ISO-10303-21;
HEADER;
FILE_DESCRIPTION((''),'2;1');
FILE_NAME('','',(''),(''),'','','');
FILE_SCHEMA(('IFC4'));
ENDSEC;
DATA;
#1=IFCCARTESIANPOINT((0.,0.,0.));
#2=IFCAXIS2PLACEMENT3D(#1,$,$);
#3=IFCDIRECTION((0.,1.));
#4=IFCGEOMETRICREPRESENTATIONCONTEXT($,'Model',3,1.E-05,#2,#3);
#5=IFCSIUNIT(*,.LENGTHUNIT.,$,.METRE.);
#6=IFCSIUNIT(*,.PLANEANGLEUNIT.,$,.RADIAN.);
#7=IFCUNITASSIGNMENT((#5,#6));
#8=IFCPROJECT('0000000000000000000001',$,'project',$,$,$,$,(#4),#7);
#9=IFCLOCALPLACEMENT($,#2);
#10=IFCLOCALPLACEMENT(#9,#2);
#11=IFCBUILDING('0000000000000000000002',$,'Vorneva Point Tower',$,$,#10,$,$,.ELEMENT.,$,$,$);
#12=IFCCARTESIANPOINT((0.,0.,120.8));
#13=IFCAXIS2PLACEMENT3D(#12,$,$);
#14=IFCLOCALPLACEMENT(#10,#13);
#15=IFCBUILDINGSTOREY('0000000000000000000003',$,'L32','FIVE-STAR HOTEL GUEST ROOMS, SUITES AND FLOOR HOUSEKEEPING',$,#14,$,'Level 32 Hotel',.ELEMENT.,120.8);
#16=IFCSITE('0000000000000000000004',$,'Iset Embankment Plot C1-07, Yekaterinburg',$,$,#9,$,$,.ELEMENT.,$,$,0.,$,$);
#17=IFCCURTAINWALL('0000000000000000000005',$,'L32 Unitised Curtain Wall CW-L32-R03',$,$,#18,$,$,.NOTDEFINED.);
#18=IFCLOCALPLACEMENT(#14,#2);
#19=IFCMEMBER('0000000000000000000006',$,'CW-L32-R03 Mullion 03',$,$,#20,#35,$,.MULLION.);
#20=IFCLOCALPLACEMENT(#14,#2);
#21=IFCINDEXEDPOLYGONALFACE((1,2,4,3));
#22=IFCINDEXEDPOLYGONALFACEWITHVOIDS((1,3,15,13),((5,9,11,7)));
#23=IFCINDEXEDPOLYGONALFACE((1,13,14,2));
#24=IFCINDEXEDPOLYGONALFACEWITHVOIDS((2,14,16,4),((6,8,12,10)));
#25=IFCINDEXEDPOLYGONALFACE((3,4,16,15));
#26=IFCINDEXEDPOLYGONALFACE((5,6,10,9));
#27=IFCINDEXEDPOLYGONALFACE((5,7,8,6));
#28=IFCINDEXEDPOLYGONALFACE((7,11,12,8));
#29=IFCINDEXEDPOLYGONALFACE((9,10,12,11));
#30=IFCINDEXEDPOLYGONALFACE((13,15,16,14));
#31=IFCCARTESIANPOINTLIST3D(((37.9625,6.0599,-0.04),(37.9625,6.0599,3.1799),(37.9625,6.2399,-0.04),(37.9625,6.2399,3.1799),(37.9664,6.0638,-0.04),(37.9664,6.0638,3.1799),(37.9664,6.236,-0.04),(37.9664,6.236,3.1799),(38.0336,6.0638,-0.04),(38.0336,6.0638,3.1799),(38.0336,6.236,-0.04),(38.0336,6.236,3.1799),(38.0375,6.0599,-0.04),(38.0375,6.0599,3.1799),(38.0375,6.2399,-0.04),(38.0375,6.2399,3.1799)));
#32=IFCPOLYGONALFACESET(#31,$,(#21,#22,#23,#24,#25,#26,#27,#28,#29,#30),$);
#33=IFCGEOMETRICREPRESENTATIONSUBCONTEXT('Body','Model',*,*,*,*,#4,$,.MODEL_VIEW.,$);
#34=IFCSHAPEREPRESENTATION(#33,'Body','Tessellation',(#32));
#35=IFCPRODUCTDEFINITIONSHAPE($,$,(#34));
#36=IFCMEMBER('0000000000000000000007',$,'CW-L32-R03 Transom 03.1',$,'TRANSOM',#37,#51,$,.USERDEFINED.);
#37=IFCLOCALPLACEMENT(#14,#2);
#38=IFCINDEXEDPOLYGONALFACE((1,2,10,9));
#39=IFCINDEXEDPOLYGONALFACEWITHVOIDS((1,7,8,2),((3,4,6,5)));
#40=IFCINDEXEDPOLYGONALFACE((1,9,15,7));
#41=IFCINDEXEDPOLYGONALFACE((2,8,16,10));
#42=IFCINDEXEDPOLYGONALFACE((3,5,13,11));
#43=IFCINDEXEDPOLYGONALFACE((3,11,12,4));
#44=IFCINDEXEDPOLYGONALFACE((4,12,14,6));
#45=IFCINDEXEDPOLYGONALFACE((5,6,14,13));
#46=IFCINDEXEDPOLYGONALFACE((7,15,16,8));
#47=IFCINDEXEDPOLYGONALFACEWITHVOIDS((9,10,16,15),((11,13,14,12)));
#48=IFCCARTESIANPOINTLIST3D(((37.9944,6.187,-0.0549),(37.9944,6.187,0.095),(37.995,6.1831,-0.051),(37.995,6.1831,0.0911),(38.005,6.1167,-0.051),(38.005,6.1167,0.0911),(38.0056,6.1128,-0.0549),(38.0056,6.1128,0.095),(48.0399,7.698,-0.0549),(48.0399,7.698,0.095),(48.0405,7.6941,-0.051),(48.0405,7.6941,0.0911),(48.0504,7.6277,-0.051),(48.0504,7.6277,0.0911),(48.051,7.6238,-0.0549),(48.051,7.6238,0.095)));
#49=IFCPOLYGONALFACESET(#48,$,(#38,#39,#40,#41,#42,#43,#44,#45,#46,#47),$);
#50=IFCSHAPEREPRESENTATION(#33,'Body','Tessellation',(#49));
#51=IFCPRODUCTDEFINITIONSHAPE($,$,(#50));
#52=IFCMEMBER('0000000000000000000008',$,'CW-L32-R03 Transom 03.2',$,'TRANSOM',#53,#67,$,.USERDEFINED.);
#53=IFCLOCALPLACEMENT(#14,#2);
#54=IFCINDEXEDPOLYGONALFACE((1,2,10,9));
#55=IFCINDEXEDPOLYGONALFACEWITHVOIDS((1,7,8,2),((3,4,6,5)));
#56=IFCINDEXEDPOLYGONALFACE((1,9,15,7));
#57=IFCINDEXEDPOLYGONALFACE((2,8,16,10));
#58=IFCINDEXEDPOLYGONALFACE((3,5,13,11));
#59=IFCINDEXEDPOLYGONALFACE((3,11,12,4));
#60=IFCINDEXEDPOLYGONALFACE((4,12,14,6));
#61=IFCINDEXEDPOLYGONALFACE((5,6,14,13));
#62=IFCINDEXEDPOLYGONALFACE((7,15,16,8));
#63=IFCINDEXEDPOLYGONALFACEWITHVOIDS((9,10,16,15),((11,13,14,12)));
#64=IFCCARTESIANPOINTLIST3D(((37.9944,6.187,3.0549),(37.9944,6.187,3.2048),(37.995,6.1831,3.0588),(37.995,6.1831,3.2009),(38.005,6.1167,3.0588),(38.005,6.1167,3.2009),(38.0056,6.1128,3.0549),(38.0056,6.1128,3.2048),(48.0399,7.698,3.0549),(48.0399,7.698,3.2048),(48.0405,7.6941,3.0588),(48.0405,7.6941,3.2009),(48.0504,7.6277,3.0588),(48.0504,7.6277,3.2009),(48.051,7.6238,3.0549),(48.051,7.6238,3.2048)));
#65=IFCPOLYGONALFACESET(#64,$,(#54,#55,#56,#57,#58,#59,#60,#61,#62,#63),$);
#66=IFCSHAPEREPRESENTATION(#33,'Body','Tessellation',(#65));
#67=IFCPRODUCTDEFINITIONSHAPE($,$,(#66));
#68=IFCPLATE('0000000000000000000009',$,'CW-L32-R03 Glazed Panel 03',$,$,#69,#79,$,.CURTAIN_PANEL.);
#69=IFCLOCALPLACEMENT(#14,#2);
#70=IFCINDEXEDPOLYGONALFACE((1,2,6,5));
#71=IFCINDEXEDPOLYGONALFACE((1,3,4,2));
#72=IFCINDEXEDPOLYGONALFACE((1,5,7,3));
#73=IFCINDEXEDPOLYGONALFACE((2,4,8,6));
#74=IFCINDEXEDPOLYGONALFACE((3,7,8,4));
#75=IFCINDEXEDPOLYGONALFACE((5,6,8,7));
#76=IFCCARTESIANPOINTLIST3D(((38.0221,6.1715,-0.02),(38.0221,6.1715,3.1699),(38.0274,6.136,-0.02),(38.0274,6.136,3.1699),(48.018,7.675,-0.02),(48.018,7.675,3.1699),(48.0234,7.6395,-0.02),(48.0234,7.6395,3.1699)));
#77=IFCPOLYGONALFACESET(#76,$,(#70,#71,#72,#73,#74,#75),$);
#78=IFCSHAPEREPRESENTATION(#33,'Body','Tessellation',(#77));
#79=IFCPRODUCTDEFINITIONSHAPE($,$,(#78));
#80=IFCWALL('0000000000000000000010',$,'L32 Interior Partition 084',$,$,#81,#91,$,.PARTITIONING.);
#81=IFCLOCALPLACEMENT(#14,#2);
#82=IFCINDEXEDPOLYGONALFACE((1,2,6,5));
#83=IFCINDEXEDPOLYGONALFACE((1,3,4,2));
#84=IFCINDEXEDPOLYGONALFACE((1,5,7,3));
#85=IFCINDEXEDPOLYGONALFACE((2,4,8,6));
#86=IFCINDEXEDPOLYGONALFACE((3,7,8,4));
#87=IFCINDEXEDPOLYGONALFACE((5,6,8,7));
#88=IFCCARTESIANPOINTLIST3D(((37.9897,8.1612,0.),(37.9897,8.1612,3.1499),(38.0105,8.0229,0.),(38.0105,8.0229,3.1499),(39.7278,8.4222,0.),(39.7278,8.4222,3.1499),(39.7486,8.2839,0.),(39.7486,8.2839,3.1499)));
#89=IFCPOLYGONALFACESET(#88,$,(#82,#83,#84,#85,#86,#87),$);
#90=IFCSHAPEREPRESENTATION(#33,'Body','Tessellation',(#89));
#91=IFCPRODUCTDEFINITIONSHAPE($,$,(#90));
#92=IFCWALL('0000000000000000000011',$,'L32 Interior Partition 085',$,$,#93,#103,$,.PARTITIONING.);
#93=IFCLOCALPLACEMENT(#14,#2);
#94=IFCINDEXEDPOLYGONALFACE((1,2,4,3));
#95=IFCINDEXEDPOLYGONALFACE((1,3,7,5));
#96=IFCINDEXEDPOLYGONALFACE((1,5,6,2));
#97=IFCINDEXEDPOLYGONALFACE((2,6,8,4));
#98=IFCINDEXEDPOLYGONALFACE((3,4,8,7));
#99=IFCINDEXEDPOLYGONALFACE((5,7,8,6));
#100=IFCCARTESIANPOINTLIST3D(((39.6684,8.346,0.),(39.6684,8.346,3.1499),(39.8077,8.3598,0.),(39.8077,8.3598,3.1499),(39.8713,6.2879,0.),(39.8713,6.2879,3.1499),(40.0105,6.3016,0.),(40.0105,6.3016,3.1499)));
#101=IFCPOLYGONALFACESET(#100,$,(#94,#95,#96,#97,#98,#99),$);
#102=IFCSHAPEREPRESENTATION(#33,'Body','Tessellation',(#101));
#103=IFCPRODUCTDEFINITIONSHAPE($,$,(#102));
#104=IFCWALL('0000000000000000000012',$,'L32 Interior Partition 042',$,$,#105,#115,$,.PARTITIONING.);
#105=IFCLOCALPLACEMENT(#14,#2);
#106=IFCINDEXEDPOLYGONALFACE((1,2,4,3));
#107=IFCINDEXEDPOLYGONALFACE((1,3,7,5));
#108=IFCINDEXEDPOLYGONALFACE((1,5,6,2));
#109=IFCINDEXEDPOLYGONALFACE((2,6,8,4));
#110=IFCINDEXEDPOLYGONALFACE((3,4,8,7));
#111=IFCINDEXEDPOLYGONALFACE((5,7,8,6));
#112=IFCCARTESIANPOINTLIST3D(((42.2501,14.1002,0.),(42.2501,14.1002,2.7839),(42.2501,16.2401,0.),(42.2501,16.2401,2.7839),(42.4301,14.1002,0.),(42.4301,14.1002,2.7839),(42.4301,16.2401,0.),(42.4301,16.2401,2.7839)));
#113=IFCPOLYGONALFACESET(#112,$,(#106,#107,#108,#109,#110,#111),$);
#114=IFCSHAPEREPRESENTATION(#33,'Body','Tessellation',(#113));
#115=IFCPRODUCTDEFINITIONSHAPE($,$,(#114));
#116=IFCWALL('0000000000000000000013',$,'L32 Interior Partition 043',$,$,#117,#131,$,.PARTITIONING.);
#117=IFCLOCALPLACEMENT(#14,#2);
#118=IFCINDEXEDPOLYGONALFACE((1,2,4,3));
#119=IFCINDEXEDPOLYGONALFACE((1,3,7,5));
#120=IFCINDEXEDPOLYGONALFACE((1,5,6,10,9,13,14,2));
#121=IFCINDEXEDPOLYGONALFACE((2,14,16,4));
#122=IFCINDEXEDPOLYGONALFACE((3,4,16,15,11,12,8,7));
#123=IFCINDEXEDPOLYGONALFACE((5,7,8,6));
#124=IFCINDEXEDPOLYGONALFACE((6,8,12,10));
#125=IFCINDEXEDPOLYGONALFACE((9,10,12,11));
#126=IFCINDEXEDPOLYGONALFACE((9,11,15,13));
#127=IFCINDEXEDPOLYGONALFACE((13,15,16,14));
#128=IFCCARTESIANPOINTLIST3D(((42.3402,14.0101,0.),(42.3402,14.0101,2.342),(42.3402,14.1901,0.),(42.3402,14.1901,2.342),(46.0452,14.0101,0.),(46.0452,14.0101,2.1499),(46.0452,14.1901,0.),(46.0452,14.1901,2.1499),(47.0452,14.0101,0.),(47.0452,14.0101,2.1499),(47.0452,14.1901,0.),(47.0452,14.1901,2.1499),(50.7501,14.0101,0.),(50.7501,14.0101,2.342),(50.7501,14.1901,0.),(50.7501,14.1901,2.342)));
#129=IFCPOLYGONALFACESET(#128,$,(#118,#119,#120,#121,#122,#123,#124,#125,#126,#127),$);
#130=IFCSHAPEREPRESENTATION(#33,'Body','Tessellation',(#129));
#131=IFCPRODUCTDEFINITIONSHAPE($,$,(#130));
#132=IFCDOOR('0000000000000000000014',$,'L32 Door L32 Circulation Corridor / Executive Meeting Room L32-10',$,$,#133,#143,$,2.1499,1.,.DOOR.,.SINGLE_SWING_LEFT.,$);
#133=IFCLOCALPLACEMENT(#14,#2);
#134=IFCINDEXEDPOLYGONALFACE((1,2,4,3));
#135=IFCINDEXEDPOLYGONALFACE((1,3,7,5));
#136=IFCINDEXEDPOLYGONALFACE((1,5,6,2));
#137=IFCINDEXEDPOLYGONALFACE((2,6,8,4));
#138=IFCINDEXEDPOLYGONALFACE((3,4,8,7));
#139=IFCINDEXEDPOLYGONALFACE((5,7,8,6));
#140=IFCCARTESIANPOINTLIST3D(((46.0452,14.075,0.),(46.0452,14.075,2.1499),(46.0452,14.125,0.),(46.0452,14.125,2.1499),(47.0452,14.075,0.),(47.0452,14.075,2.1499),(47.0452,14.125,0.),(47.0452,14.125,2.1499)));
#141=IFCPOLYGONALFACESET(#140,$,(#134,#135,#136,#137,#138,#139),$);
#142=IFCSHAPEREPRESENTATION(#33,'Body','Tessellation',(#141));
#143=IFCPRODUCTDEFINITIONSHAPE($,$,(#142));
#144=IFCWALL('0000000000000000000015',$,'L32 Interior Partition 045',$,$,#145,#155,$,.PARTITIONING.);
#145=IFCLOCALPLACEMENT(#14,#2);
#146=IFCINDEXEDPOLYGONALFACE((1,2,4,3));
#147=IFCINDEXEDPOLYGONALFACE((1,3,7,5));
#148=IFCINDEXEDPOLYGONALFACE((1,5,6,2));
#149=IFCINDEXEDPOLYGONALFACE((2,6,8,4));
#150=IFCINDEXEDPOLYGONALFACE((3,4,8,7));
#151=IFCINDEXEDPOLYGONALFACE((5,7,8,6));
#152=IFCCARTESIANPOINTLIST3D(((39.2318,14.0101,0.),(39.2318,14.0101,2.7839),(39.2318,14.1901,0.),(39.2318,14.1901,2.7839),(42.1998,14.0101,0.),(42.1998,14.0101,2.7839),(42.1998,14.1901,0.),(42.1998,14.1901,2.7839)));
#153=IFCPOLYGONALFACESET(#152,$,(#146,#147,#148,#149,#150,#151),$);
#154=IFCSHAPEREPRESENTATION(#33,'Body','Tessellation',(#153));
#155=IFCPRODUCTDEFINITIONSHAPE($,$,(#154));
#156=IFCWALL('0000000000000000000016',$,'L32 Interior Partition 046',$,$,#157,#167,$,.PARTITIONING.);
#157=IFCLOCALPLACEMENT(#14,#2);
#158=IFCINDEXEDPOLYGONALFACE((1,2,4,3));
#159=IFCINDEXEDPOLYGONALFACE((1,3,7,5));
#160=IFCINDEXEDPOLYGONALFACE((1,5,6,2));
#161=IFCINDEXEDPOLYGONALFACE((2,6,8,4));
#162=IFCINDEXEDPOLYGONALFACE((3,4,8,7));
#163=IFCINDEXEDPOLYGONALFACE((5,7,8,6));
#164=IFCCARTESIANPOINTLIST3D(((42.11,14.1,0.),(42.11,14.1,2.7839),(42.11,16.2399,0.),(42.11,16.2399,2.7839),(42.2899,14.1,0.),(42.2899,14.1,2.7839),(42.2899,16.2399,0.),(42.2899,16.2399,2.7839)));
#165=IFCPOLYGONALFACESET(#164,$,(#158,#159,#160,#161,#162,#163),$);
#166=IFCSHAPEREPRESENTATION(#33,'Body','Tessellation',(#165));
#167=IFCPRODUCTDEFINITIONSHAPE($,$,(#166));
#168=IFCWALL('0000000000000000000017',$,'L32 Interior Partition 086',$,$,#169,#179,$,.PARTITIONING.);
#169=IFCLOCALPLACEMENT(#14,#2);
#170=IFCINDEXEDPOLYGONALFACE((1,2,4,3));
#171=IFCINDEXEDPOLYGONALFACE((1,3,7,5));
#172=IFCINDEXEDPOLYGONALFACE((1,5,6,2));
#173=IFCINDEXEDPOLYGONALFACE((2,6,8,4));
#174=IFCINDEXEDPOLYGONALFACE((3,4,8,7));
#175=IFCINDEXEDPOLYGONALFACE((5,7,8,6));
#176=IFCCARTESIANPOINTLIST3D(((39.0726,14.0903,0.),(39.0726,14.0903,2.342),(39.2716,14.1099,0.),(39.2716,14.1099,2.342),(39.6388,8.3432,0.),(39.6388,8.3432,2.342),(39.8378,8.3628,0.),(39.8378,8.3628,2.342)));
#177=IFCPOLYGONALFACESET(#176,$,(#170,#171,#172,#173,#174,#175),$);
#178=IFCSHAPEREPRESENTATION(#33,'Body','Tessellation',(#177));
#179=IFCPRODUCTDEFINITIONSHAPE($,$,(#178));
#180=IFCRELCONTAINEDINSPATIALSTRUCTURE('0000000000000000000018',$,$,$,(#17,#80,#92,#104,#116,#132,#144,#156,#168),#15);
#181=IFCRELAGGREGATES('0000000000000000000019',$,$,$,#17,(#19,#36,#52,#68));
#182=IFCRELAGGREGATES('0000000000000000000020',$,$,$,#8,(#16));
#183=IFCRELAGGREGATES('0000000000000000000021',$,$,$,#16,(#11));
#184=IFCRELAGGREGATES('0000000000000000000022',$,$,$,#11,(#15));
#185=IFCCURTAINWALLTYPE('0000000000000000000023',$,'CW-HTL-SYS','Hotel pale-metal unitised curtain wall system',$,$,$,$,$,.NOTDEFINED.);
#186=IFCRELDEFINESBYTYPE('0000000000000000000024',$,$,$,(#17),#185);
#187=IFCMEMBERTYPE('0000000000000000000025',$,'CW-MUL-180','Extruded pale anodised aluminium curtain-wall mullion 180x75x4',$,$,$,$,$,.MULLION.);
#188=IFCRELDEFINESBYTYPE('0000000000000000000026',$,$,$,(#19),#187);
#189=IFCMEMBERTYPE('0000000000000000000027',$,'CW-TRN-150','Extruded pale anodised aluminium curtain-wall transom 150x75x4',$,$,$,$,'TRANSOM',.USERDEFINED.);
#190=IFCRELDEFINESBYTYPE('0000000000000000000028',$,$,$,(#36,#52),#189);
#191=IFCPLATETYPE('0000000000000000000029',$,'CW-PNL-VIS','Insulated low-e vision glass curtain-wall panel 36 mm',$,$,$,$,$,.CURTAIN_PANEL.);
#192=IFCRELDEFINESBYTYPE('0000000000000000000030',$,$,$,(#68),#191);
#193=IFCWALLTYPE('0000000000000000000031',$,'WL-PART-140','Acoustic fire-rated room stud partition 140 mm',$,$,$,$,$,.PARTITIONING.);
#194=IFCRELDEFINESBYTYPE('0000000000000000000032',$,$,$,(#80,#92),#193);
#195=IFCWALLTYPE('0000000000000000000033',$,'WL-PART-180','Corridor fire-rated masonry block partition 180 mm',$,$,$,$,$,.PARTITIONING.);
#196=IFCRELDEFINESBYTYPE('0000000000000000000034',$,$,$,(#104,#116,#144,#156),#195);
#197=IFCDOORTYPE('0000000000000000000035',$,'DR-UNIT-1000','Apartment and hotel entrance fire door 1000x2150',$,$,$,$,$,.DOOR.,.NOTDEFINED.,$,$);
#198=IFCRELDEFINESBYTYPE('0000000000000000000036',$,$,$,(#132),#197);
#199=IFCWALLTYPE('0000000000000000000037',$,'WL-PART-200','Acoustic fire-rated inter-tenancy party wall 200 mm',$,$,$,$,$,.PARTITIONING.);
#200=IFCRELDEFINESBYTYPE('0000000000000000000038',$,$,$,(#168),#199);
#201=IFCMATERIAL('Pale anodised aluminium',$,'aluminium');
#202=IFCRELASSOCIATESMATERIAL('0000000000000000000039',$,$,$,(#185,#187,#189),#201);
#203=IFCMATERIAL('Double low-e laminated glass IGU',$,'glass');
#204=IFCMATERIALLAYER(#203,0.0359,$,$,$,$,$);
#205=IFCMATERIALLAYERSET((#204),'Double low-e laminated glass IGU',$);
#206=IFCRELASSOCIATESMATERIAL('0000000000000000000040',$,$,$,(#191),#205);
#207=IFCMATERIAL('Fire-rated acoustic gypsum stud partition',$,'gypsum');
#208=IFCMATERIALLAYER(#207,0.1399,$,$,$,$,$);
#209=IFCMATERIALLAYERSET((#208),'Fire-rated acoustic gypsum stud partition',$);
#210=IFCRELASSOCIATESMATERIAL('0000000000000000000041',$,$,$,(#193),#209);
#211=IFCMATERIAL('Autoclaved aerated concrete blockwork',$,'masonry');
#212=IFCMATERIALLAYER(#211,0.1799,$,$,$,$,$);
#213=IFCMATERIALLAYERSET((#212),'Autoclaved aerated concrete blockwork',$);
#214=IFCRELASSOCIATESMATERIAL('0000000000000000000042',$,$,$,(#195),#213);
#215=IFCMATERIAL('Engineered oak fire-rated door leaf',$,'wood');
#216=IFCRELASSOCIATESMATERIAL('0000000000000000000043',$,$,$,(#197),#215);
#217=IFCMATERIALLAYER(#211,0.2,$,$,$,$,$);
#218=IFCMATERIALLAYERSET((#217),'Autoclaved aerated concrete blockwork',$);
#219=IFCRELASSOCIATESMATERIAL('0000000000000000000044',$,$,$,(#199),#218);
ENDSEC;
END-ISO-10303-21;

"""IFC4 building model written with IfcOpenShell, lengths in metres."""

from ifc_helpers import new_model, si_unit, direction, frame, frame_2d, origin, origin_2d, place, context, subcontext, project, spatial, rectangle, hollow_rectangle, extrude, material, layer, layer_set, material_profile, profile_set, type_object, element, fill, aggregate, save


model = new_model("IFC4")

# Units and contexts
model_context = context("Model", 3, precision=1e-05, world=origin(), true_north=direction((0.0, 1.0)))
body_context = subcontext(model_context, "Body", "Model", "MODEL_VIEW")
ifc_project = project(units=[si_unit("LENGTHUNIT", "METRE"), si_unit("PLANEANGLEUNIT", "RADIAN")], contexts=[model_context])

# Site, building, storey
site_placement = place(None, origin())
site = spatial("IfcSite", under=ifc_project, at=site_placement, Name="Iset Embankment Plot C1-07, Yekaterinburg", CompositionType="ELEMENT", RefElevation=0.0)
building_placement = place(site_placement, origin())
building = spatial("IfcBuilding", under=site, at=building_placement, Name="Vorneva Point Tower", CompositionType="ELEMENT")
storey_placement = place(building_placement, frame((0.0, 0.0, 120.8)))
storey = spatial("IfcBuildingStorey", under=building, at=storey_placement, Name="L32", Description="FIVE-STAR HOTEL GUEST ROOMS, SUITES AND FLOOR HOUSEKEEPING", LongName="Level 32 Hotel", CompositionType="ELEMENT", Elevation=120.8)

# Curtain wall, members, plate
ifc_material_1 = material(Name="Pale anodised aluminium", Category="aluminium")
curtain_wall_type = type_object("IfcCurtainWallType", Name="CW-HTL-SYS", Description="Hotel pale-metal unitised curtain wall system", PredefinedType="NOTDEFINED", material=ifc_material_1)
curtain_wall_placement = place(storey_placement, origin())
curtain_wall = element("IfcCurtainWall", 1, at=curtain_wall_placement, inside=storey, type_object=curtain_wall_type, Name="L32 Unitised Curtain Wall CW-L32-R03", PredefinedType="NOTDEFINED")
ifc_material_profile_1 = material_profile(ifc_material_1, hollow_rectangle(XDim=0.075, YDim=0.1799, WallThickness=0.0039, at=origin_2d()), Name="AL-MUL 180x75x4")
ifc_profile_set_1 = profile_set([ifc_material_profile_1], Name="Pale anodised aluminium")
member_type_1 = type_object("IfcMemberType", Name="CW-MUL-180", Description="Extruded pale anodised aluminium curtain-wall mullion 180x75x4", PredefinedType="MULLION", material=ifc_profile_set_1)
member_1_placement = place(storey_placement, frame((38.0, 6.1499, -0.04), z_axis=(0.0, 0.0, 1.0), x_axis=(1.0, 0.0, 0.0)))
member_1 = element("IfcMember", 2, at=member_1_placement, type_object=member_type_1, Name="CW-L32-R03 Mullion 03", PredefinedType="MULLION", context=body_context, shape_type="SweptSolid", body=[
    extrude(hollow_rectangle(XDim=0.075, YDim=0.1799, WallThickness=0.0039, at=origin_2d()), origin(), (0.0, 0.0, 1.0), 3.22),
])
ifc_material_profile_2 = material_profile(ifc_material_1, hollow_rectangle(XDim=0.075, YDim=0.1499, WallThickness=0.0039, at=origin_2d()), Name="AL-TRN 150x75x4")
ifc_profile_set_2 = profile_set([ifc_material_profile_2], Name="Pale anodised aluminium")
member_type_2 = type_object("IfcMemberType", Name="CW-TRN-150", Description="Extruded pale anodised aluminium curtain-wall transom 150x75x4", ElementType="TRANSOM", PredefinedType="USERDEFINED", material=ifc_profile_set_2)
member_2_placement = place(storey_placement, frame((38.0, 6.1499, 0.02), z_axis=(0.988876, 0.148742, 0.0), x_axis=(-0.148742, 0.988876, 0.0)))
member_2 = element("IfcMember", 3, at=member_2_placement, type_object=member_type_2, Name="CW-L32-R03 Transom 03.1", ObjectType="TRANSOM", PredefinedType="USERDEFINED", context=body_context, shape_type="SweptSolid", body=[
    extrude(hollow_rectangle(XDim=0.075, YDim=0.1499, WallThickness=0.0039, at=origin_2d()), origin(), (0.0, 0.0, 1.0), 10.1584),
])
member_3_placement = place(storey_placement, frame((38.0, 6.1499, 3.1299), z_axis=(0.988876, 0.148742, 0.0), x_axis=(-0.148742, 0.988876, 0.0)))
member_3 = element("IfcMember", 4, at=member_3_placement, type_object=member_type_2, Name="CW-L32-R03 Transom 03.2", ObjectType="TRANSOM", PredefinedType="USERDEFINED", context=body_context, shape_type="SweptSolid", body=[
    extrude(hollow_rectangle(XDim=0.075, YDim=0.1499, WallThickness=0.0039, at=origin_2d()), origin(), (0.0, 0.0, 1.0), 10.1584),
])
ifc_material_2 = material(Name="Double low-e laminated glass IGU", Category="glass")
ifc_layer_1 = layer(ifc_material_2, 0.0359)
ifc_layer_set_1 = layer_set([ifc_layer_1], Name="Double low-e laminated glass IGU")
plate_type = type_object("IfcPlateType", Name="CW-PNL-VIS", Description="Insulated low-e vision glass curtain-wall panel 36 mm", PredefinedType="CURTAIN_PANEL", material=ifc_layer_set_1)
plate_placement = place(storey_placement, frame((43.0227, 6.9055, -0.02), z_axis=(0.0, 0.0, 1.0), x_axis=(0.988876, 0.148741, 0.0)))
plate = element("IfcPlate", 5, at=plate_placement, type_object=plate_type, Name="CW-L32-R03 Glazed Panel 03", PredefinedType="CURTAIN_PANEL", context=body_context, shape_type="SweptSolid", body=[
    extrude(rectangle(XDim=10.1084, YDim=0.0359, at=origin_2d()), origin(), (0.0, 0.0, 1.0), 3.1899),
])
aggregate(curtain_wall, [member_1, member_2, member_3, plate])

# Walls
ifc_material_3 = material(Name="Fire-rated acoustic gypsum stud partition", Category="gypsum")
ifc_layer_2 = layer(ifc_material_3, 0.1399)
ifc_layer_set_2 = layer_set([ifc_layer_2], Name="Fire-rated acoustic gypsum stud partition")
wall_type_1 = type_object("IfcWallType", Name="WL-PART-140", Description="Acoustic fire-rated room stud partition 140 mm", PredefinedType="PARTITIONING", material=ifc_layer_set_2)
wall_1_placement = place(storey_placement, frame((38.0, 8.092, 0.0), z_axis=(0.0, 0.0, 1.0), x_axis=(0.988913, 0.148497, 0.0)))
element("IfcWall", 6, at=wall_1_placement, inside=storey, type_object=wall_type_1, Name="L32 Interior Partition 084", PredefinedType="PARTITIONING", context=body_context, shape_type="SweptSolid", body=[
    extrude(rectangle(XDim=1.7576, YDim=0.1399, at=frame_2d((0.8789, 0.0))), origin(), (0.0, 0.0, 1.0), 3.1499),
])
wall_2_placement = place(storey_placement, frame((39.738, 8.353, 0.0), z_axis=(0.0, 0.0, 1.0), x_axis=(0.098101, -0.995176, 0.0)))
element("IfcWall", 7, at=wall_2_placement, inside=storey, type_object=wall_type_1, Name="L32 Interior Partition 085", PredefinedType="PARTITIONING", context=body_context, shape_type="SweptSolid", body=[
    extrude(rectangle(XDim=2.0681, YDim=0.1399, at=frame_2d((1.0342, 0.0))), origin(), (0.0, 0.0, 1.0), 3.1499),
])

# Shared definitions
ifc_material_4 = material(Name="Autoclaved aerated concrete blockwork", Category="masonry")
ifc_layer_3 = layer(ifc_material_4, 0.1799)
ifc_layer_set_3 = layer_set([ifc_layer_3], Name="Autoclaved aerated concrete blockwork")
wall_type_2 = type_object("IfcWallType", Name="WL-PART-180", Description="Corridor fire-rated masonry block partition 180 mm", PredefinedType="PARTITIONING", material=ifc_layer_set_3)

# Wall
wall_3_placement = place(storey_placement, frame((42.3401, 16.24, 0.0), z_axis=(0.0, 0.0, 1.0), x_axis=(0.0, -1.0, 0.0)))
element("IfcWall", 8, at=wall_3_placement, inside=storey, type_object=wall_type_2, Name="L32 Interior Partition 042", PredefinedType="PARTITIONING", context=body_context, shape_type="SweptSolid", body=[
    extrude(rectangle(XDim=2.1399, YDim=0.1799, at=frame_2d((1.0698, 0.0))), origin(), (0.0, 0.0, 1.0), 2.7839),
])

# Wall, opening, door
wall_4_placement = place(storey_placement, frame((42.3401, 14.1001, 0.0), z_axis=(0.0, 0.0, 1.0), x_axis=(1.0, 0.0, 0.0)))
wall_4 = element("IfcWall", 9, at=wall_4_placement, inside=storey, type_object=wall_type_2, Name="L32 Interior Partition 043", PredefinedType="PARTITIONING", context=body_context, shape_type="SweptSolid", body=[
    extrude(rectangle(XDim=8.4099, YDim=0.1799, at=frame_2d((4.2051, 0.0))), origin(), (0.0, 0.0, 1.0), 2.342),
])
opening_1_placement = place(wall_4_placement, frame((3.7051, 0.0, 0.0)))
opening_1 = element("IfcOpeningElement", 10, at=opening_1_placement, cuts=wall_4, PredefinedType="OPENING", context=body_context, shape_type="SweptSolid", body=[
    extrude(rectangle(XDim=1.0, YDim=2.1499, at=frame_2d((0.5, 1.075))), frame((0.0, 0.105, 0.0), z_axis=(0.0, -1.0, 0.0), x_axis=(1.0, 0.0, 0.0)), (0.0, 0.0, 1.0), 0.2097),
])
ifc_material_5 = material(Name="Engineered oak fire-rated door leaf", Category="wood")
door_type_1 = type_object("IfcDoorType", Name="DR-UNIT-1000", Description="Apartment and hotel entrance fire door 1000x2150", OperationType="NOTDEFINED", PredefinedType="DOOR", material=ifc_material_5)
door_1_placement = place(opening_1_placement, origin())
door_1 = element("IfcDoor", 11, at=door_1_placement, inside=storey, type_object=door_type_1, Name="L32 Door L32 Circulation Corridor / Executive Meeting Room L32-10", OperationType="SINGLE_SWING_LEFT", OverallHeight=2.1499, OverallWidth=1.0, PredefinedType="DOOR", context=body_context, shape_type="SweptSolid", body=[
    extrude(rectangle(XDim=1.0, YDim=2.1499, at=frame_2d((0.5, 1.075))), frame((0.0, 0.0249, 0.0), z_axis=(0.0, -1.0, 0.0), x_axis=(1.0, 0.0, 0.0)), (0.0, 0.0, 1.0), 0.05),
])
fill(opening_1, door_1)

# Walls
wall_5_placement = place(storey_placement, frame((39.2319, 14.1001, 0.0), z_axis=(0.0, 0.0, 1.0), x_axis=(1.0, 0.0, 0.0)))
element("IfcWall", 12, at=wall_5_placement, inside=storey, type_object=wall_type_2, Name="L32 Interior Partition 045", PredefinedType="PARTITIONING", context=body_context, shape_type="SweptSolid", body=[
    extrude(rectangle(XDim=2.968, YDim=0.1799, at=frame_2d((1.4839, 0.0))), origin(), (0.0, 0.0, 1.0), 2.7839),
])
wall_6_placement = place(storey_placement, frame((42.2, 14.1001, 0.0), z_axis=(0.0, 0.0, 1.0), x_axis=(0.0, 1.0, 0.0)))
element("IfcWall", 13, at=wall_6_placement, inside=storey, type_object=wall_type_2, Name="L32 Interior Partition 046", PredefinedType="PARTITIONING", context=body_context, shape_type="SweptSolid", body=[
    extrude(rectangle(XDim=2.1399, YDim=0.1799, at=frame_2d((1.0698, 0.0))), origin(), (0.0, 0.0, 1.0), 2.7839),
])
ifc_layer_4 = layer(ifc_material_4, 0.2)
ifc_layer_set_4 = layer_set([ifc_layer_4], Name="Autoclaved aerated concrete blockwork")
wall_type_3 = type_object("IfcWallType", Name="WL-PART-200", Description="Acoustic fire-rated inter-tenancy party wall 200 mm", PredefinedType="PARTITIONING", material=ifc_layer_set_4)
wall_7_placement = place(storey_placement, frame((39.7383, 8.353, 0.0), z_axis=(0.0, 0.0, 1.0), x_axis=(-0.098039, 0.995183, 0.0)))
element("IfcWall", 14, at=wall_7_placement, inside=storey, type_object=wall_type_3, Name="L32 Interior Partition 086", PredefinedType="PARTITIONING", context=body_context, shape_type="SweptSolid", body=[
    extrude(rectangle(XDim=5.7749, YDim=0.2, at=frame_2d((2.8875, 0.0))), origin(), (0.0, 0.0, 1.0), 2.342),
])

save(model, "model.ifc")
